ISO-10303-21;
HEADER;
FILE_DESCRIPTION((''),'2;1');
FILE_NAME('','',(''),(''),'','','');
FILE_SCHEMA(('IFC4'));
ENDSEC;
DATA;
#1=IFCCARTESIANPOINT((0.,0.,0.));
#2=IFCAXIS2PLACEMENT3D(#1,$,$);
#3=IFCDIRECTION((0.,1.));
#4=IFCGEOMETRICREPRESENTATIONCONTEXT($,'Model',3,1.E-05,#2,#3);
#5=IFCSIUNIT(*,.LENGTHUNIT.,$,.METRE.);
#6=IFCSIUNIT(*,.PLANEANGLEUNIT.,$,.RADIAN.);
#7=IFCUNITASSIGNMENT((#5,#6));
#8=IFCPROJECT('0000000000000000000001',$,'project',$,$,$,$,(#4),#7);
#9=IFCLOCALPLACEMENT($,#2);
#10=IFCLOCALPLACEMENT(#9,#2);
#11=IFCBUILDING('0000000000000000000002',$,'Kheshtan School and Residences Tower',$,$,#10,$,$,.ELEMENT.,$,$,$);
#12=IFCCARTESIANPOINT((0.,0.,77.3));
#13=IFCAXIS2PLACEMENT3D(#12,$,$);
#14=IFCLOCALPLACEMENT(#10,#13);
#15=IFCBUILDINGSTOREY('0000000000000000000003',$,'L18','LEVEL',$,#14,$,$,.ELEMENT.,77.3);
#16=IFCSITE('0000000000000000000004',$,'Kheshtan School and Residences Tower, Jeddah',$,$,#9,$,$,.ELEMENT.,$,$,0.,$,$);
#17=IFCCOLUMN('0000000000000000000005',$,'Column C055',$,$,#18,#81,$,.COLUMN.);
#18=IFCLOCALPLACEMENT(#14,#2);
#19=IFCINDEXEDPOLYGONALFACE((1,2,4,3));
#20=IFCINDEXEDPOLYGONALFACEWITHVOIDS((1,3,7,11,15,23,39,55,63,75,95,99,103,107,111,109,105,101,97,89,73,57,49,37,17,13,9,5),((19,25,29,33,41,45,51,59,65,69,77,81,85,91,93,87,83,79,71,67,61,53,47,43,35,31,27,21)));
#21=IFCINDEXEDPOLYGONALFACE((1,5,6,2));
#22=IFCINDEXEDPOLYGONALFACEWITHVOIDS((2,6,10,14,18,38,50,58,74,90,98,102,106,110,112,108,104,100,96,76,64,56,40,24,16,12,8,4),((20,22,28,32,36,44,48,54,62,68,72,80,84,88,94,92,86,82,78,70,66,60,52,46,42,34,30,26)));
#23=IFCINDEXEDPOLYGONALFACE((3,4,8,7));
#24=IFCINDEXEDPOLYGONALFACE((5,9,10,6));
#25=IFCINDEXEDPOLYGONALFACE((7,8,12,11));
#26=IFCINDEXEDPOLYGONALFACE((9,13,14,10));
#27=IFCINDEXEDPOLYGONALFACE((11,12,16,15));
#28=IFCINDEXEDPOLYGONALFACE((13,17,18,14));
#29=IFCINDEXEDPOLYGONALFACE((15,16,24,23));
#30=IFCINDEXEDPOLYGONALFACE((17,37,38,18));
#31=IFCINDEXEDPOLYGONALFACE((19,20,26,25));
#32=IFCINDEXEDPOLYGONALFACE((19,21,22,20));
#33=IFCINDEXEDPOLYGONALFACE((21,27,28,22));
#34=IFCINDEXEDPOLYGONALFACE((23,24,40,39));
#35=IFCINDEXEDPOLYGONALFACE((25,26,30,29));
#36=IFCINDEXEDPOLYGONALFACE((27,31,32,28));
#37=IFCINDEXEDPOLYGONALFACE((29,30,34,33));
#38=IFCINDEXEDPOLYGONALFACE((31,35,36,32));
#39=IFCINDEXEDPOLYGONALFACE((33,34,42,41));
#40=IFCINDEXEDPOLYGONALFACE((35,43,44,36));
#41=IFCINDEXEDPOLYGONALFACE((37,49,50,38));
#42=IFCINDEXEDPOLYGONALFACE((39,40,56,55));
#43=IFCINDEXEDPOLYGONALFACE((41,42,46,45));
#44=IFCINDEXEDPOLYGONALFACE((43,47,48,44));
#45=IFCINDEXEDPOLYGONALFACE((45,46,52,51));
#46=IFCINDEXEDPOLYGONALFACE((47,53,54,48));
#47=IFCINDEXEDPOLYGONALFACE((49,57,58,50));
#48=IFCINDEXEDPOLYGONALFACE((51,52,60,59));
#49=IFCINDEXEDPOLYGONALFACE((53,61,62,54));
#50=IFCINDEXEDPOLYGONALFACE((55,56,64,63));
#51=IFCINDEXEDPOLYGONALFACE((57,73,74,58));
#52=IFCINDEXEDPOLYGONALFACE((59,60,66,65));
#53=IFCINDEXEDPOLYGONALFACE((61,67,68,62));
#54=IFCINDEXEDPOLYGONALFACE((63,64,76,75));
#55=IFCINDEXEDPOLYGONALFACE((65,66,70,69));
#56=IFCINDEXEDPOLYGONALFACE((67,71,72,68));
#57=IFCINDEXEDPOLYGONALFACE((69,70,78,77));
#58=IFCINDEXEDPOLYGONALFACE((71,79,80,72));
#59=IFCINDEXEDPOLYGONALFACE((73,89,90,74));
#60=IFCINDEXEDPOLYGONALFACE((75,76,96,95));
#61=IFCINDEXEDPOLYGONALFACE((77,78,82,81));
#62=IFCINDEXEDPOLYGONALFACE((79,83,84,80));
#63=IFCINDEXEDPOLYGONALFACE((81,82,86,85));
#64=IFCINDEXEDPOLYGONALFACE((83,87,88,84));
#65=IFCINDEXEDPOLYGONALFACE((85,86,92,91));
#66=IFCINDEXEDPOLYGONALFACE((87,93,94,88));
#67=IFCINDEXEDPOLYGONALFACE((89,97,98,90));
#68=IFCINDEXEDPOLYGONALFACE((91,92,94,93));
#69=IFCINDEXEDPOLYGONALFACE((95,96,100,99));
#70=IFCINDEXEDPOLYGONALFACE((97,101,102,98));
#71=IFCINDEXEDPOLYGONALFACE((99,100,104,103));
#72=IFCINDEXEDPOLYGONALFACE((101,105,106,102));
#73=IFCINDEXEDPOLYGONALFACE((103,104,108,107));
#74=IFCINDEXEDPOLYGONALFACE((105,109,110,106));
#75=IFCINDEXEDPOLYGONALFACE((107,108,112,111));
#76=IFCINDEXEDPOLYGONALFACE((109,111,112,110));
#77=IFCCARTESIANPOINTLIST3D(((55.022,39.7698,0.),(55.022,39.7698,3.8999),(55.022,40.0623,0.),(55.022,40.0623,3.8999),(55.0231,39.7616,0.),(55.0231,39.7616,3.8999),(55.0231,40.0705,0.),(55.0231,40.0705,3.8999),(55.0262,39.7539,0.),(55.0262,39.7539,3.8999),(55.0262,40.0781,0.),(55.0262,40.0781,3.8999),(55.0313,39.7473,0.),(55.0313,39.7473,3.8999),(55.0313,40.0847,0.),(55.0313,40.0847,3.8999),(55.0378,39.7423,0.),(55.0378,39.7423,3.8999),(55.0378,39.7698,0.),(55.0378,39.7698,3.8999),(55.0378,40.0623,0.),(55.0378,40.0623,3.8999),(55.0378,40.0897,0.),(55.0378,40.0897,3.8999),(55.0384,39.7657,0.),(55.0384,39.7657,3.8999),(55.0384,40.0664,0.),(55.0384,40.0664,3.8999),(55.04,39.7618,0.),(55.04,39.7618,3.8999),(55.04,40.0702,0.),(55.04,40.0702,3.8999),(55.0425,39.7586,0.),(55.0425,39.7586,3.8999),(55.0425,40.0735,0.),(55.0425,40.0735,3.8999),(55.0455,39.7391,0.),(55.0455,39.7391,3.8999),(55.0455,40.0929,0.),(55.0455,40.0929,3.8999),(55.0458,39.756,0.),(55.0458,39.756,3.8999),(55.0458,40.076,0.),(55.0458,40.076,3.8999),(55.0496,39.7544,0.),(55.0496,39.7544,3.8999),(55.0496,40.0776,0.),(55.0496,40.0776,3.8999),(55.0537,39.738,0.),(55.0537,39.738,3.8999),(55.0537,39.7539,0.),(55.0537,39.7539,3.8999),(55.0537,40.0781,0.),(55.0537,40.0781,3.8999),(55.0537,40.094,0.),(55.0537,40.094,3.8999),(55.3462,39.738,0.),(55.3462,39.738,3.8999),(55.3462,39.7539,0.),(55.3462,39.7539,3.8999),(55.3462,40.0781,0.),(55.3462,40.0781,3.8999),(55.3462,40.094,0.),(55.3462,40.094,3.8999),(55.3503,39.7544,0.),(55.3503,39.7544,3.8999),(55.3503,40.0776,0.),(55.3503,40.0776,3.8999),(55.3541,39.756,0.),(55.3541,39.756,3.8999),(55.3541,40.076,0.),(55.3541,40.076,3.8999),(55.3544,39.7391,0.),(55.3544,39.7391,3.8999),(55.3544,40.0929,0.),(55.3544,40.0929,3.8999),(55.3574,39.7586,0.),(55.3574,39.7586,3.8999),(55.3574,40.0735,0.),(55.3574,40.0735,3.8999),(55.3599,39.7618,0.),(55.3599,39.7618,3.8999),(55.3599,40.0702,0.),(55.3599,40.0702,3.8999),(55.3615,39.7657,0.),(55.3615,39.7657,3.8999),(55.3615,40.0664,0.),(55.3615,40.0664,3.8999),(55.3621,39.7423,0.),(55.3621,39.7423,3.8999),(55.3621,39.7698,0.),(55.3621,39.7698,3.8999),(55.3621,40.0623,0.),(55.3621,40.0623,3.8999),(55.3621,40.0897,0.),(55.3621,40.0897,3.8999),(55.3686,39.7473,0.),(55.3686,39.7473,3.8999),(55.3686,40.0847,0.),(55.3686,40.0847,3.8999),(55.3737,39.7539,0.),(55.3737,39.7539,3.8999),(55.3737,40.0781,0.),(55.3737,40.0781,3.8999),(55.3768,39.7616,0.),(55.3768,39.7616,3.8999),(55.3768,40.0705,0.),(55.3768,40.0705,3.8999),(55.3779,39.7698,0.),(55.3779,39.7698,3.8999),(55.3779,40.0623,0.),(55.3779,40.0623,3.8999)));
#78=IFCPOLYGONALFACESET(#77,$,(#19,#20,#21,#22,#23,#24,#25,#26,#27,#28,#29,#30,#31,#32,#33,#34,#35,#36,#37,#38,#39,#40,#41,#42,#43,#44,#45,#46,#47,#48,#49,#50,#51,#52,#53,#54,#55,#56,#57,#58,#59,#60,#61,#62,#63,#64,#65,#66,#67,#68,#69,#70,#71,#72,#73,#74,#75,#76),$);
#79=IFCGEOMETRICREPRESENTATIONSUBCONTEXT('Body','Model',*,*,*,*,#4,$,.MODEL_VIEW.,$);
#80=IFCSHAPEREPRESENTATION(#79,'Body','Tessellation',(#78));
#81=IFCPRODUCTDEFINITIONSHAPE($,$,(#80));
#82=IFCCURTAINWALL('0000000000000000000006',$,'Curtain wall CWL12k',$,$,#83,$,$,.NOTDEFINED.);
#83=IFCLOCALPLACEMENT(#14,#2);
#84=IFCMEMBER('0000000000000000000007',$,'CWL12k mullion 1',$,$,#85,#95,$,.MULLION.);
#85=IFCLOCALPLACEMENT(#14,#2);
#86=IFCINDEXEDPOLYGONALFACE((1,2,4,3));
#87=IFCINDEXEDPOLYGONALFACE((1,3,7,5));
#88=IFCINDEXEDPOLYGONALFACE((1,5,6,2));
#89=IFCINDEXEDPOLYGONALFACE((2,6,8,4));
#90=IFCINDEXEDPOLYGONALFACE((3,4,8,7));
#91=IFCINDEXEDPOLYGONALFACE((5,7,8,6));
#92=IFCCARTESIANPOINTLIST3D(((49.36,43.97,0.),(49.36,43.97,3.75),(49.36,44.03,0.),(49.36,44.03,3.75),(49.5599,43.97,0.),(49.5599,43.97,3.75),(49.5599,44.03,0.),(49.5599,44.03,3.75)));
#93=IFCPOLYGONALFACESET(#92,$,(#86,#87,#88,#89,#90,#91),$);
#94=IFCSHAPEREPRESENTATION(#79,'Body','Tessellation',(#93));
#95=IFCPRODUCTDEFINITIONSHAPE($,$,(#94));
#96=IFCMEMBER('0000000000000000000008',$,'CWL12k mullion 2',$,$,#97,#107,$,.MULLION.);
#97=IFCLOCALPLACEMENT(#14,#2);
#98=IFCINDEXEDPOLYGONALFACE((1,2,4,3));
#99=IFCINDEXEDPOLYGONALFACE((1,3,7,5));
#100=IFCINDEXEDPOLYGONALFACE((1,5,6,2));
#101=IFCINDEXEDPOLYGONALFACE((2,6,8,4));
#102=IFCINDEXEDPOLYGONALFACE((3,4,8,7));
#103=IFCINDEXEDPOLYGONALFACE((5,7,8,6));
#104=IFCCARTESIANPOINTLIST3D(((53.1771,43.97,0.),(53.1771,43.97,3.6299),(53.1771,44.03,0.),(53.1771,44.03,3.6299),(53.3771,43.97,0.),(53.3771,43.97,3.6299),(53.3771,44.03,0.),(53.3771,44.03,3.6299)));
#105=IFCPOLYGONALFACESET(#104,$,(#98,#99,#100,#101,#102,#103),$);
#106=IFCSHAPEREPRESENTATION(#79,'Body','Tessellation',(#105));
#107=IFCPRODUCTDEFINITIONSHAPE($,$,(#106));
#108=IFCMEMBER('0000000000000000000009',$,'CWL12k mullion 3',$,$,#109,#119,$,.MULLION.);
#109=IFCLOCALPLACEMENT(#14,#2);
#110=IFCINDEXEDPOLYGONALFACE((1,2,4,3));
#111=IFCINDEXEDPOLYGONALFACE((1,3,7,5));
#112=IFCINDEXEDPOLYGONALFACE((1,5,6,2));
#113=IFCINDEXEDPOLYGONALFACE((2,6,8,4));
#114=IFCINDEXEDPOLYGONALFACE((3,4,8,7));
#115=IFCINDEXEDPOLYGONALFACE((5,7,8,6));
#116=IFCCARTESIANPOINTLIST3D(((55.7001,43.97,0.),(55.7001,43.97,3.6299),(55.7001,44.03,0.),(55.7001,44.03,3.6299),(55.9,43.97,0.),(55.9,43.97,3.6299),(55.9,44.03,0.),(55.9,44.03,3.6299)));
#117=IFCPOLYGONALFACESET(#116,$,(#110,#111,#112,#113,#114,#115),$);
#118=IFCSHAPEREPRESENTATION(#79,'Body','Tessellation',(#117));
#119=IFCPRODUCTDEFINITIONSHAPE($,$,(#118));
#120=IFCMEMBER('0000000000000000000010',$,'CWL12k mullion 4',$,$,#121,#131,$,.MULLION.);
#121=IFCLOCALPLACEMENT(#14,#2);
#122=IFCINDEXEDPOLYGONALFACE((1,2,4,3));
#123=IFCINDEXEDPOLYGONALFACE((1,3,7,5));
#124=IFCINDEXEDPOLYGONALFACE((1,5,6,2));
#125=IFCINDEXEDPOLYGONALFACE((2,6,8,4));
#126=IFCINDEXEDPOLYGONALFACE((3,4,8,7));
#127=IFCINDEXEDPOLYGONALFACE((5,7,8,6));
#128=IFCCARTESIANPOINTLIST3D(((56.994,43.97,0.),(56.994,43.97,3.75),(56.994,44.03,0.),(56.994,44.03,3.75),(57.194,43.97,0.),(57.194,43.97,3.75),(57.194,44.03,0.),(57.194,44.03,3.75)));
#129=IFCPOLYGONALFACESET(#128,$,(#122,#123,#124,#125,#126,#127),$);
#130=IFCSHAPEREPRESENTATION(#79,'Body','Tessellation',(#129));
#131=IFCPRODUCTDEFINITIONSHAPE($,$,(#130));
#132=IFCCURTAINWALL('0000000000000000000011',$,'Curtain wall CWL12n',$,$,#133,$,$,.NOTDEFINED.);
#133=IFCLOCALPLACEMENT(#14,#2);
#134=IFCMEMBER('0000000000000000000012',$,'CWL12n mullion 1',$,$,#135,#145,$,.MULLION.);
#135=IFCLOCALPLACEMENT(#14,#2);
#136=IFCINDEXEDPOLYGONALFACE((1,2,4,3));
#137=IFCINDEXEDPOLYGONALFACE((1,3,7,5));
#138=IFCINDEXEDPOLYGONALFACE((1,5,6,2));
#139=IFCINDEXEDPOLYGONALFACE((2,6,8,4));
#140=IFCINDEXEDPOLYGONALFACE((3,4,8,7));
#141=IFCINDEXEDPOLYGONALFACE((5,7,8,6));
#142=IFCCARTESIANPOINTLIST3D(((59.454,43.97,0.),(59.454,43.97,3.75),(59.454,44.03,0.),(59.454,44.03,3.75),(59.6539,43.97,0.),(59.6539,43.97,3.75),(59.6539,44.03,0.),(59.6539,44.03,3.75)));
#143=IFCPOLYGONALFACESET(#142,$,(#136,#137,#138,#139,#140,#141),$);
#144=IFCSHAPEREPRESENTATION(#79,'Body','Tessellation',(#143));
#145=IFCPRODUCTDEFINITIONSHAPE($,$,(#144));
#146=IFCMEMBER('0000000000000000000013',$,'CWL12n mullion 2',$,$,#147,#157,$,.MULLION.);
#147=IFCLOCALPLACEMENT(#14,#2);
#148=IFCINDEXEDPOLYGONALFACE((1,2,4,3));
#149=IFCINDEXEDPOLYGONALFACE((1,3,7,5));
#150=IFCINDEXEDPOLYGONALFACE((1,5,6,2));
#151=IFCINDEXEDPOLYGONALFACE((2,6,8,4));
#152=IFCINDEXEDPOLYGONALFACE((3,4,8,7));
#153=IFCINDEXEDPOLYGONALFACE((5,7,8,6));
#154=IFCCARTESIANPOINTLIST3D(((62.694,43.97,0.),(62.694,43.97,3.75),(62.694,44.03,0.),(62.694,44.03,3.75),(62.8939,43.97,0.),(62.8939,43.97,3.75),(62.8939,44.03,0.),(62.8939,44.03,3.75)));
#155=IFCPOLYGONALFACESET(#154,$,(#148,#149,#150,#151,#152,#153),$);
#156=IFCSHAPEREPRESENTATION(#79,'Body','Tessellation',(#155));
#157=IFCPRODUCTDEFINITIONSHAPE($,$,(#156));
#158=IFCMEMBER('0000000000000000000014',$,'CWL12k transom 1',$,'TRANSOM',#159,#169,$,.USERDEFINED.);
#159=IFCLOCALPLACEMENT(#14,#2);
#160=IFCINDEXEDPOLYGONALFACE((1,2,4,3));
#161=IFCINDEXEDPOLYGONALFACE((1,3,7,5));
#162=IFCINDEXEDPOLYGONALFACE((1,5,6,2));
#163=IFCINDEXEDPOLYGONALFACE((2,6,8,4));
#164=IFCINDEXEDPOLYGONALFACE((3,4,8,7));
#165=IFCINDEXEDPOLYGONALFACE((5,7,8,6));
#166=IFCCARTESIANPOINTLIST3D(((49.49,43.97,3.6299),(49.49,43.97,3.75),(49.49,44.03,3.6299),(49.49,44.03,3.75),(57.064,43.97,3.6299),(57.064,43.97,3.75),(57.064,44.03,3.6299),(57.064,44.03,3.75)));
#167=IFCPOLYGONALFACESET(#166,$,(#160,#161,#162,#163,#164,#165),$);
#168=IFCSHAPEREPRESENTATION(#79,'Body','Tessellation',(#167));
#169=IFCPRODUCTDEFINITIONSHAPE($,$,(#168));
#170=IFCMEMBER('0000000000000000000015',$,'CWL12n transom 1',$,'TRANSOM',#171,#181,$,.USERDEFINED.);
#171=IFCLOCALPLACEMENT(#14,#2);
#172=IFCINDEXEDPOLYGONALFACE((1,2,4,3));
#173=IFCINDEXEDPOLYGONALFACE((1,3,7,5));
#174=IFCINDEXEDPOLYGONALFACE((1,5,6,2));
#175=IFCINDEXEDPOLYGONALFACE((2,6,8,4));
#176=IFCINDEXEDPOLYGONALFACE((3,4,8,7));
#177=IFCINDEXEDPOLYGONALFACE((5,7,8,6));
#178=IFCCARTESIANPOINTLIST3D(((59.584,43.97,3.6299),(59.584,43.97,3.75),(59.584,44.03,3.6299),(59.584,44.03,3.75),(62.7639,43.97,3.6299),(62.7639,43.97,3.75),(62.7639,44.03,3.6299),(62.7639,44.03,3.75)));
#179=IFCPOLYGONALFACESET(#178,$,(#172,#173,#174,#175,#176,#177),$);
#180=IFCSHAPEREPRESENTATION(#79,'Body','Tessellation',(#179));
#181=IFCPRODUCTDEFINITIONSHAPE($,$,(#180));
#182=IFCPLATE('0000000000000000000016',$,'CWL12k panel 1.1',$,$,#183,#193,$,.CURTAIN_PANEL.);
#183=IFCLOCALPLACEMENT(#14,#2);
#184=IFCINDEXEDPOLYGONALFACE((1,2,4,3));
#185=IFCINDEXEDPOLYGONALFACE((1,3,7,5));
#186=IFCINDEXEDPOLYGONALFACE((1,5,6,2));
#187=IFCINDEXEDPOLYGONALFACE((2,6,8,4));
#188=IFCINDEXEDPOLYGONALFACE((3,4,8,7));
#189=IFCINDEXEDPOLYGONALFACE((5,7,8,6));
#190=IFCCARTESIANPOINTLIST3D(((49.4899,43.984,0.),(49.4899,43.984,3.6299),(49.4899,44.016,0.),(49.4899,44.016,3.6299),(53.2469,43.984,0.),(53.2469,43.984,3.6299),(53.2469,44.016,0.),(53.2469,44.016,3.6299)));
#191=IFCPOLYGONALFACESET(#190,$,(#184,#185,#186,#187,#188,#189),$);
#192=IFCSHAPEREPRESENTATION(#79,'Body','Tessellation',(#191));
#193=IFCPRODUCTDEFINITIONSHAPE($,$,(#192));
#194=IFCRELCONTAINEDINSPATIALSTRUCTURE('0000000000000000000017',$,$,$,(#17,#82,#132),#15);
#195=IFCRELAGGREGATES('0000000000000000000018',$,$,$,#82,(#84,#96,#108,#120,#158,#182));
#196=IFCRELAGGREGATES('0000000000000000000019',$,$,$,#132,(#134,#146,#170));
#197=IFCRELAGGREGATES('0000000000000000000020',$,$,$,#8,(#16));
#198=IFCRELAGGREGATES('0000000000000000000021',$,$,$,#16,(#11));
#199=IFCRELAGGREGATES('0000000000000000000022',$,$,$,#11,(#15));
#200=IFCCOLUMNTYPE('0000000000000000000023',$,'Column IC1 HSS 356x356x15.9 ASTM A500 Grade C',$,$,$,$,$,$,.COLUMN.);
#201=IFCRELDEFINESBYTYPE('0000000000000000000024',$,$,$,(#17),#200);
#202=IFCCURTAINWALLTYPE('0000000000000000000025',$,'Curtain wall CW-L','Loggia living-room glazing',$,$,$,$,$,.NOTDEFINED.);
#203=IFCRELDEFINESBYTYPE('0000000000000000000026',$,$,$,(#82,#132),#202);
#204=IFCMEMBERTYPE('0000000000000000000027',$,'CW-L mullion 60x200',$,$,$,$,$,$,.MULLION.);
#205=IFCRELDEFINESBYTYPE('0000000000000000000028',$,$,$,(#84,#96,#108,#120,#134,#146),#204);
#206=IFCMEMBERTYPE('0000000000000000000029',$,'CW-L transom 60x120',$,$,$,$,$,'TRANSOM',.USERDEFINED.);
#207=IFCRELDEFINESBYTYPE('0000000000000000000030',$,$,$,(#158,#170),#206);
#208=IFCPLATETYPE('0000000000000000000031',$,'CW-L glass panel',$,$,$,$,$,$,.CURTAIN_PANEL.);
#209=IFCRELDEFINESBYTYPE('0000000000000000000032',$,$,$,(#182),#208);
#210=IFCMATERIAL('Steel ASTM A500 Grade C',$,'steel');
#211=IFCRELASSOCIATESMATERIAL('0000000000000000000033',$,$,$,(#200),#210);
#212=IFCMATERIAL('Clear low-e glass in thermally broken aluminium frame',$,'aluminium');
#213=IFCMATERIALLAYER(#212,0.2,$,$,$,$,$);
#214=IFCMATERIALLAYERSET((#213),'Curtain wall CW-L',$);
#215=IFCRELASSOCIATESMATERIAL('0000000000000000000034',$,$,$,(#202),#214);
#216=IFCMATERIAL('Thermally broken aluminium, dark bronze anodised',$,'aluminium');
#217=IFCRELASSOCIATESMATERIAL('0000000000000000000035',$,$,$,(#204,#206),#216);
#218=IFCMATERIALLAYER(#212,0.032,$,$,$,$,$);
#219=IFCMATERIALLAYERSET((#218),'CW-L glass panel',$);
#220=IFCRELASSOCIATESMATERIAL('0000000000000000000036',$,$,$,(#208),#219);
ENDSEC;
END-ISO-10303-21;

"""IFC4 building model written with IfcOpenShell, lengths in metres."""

from ifc_helpers import new_model, si_unit, direction, frame, origin, origin_2d, place, context, subcontext, project, spatial, rectangle, hollow_rectangle, extrude, material, layer, layer_set, material_profile, profile_set, type_object, element, aggregate, save


model = new_model("IFC4")

# Units and contexts
model_context = context("Model", 3, precision=1e-05, world=origin(), true_north=direction((0.0, 1.0)))
body_context = subcontext(model_context, "Body", "Model", "MODEL_VIEW")
ifc_project = project(units=[si_unit("LENGTHUNIT", "METRE"), si_unit("PLANEANGLEUNIT", "RADIAN")], contexts=[model_context])

# Site, building, storey
site_placement = place(None, origin())
site = spatial("IfcSite", under=ifc_project, at=site_placement, Name="Kheshtan School and Residences Tower, Jeddah", CompositionType="ELEMENT", RefElevation=0.0)
building_placement = place(site_placement, origin())
building = spatial("IfcBuilding", under=site, at=building_placement, Name="Kheshtan School and Residences Tower", CompositionType="ELEMENT")
storey_placement = place(building_placement, frame((0.0, 0.0, 77.3)))
storey = spatial("IfcBuildingStorey", under=building, at=storey_placement, Name="L18", Description="LEVEL", CompositionType="ELEMENT", Elevation=77.3)

# Column
ifc_material_1 = material(Name="Steel ASTM A500 Grade C", Category="steel")
ifc_material_profile_1 = material_profile(ifc_material_1, hollow_rectangle(XDim=0.356, YDim=0.356, WallThickness=0.0159, InnerFilletRadius=0.0159, OuterFilletRadius=0.0317, at=origin_2d()), Name="HSS 356x356x15.9")
ifc_profile_set_1 = profile_set([ifc_material_profile_1], Name="Steel ASTM A500 Grade C")
column_type = type_object("IfcColumnType", Name="Column IC1 HSS 356x356x15.9 ASTM A500 Grade C", PredefinedType="COLUMN", material=ifc_profile_set_1)
column_placement = place(storey_placement, frame((55.2, 39.916, 0.0), z_axis=(0.0, 0.0, 1.0), x_axis=(1.0, 0.0, 0.0)))
element("IfcColumn", 1, at=column_placement, inside=storey, type_object=column_type, Name="Column C055", PredefinedType="COLUMN", context=body_context, shape_type="SweptSolid", body=[
    extrude(hollow_rectangle(XDim=0.356, YDim=0.356, WallThickness=0.0159, InnerFilletRadius=0.0159, OuterFilletRadius=0.0317, at=origin_2d()), origin(), (0.0, 0.0, 1.0), 3.8999),
])

# Curtain walls, members
ifc_material_2 = material(Name="Clear low-e glass in thermally broken aluminium frame", Category="aluminium")
ifc_layer_1 = layer(ifc_material_2, 0.2)
ifc_layer_set_1 = layer_set([ifc_layer_1], Name="Curtain wall CW-L")
curtain_wall_type = type_object("IfcCurtainWallType", Name="Curtain wall CW-L", Description="Loggia living-room glazing", PredefinedType="NOTDEFINED", material=ifc_layer_set_1)
curtain_wall_1_placement = place(storey_placement, origin())
curtain_wall_1 = element("IfcCurtainWall", 2, at=curtain_wall_1_placement, inside=storey, type_object=curtain_wall_type, Name="Curtain wall CWL12k", PredefinedType="NOTDEFINED")
ifc_material_3 = material(Name="Thermally broken aluminium, dark bronze anodised", Category="aluminium")
ifc_material_profile_2 = material_profile(ifc_material_3, rectangle(XDim=0.0601, YDim=0.2, at=origin_2d()), Name="CW-L mullion 60x200")
ifc_profile_set_2 = profile_set([ifc_material_profile_2], Name="Thermally broken aluminium, dark bronze anodised")
member_type_1 = type_object("IfcMemberType", Name="CW-L mullion 60x200", PredefinedType="MULLION", material=ifc_profile_set_2)
member_1_placement = place(storey_placement, frame((49.46, 44.0, 0.0), z_axis=(0.0, 0.0, 1.0), x_axis=(0.0, 1.0, 0.0)))
member_1 = element("IfcMember", 3, at=member_1_placement, type_object=member_type_1, Name="CWL12k mullion 1", PredefinedType="MULLION", context=body_context, shape_type="SweptSolid", body=[
    extrude(rectangle(XDim=0.0601, YDim=0.2, at=origin_2d()), origin(), (0.0, 0.0, 1.0), 3.75),
])
member_2_placement = place(storey_placement, frame((53.2771, 44.0, 0.0), z_axis=(0.0, 0.0, 1.0), x_axis=(0.0, 1.0, 0.0)))
member_2 = element("IfcMember", 4, at=member_2_placement, type_object=member_type_1, Name="CWL12k mullion 2", PredefinedType="MULLION", context=body_context, shape_type="SweptSolid", body=[
    extrude(rectangle(XDim=0.0601, YDim=0.2, at=origin_2d()), origin(), (0.0, 0.0, 1.0), 3.6299),
])
member_3_placement = place(storey_placement, frame((55.8, 44.0, 0.0), z_axis=(0.0, 0.0, 1.0), x_axis=(0.0, 1.0, 0.0)))
member_3 = element("IfcMember", 5, at=member_3_placement, type_object=member_type_1, Name="CWL12k mullion 3", PredefinedType="MULLION", context=body_context, shape_type="SweptSolid", body=[
    extrude(rectangle(XDim=0.0601, YDim=0.2, at=origin_2d()), origin(), (0.0, 0.0, 1.0), 3.6299),
])
member_4_placement = place(storey_placement, frame((57.094, 44.0, 0.0), z_axis=(0.0, 0.0, 1.0), x_axis=(0.0, 1.0, 0.0)))
member_4 = element("IfcMember", 6, at=member_4_placement, type_object=member_type_1, Name="CWL12k mullion 4", PredefinedType="MULLION", context=body_context, shape_type="SweptSolid", body=[
    extrude(rectangle(XDim=0.0601, YDim=0.2, at=origin_2d()), origin(), (0.0, 0.0, 1.0), 3.75),
])
curtain_wall_2_placement = place(storey_placement, origin())
curtain_wall_2 = element("IfcCurtainWall", 7, at=curtain_wall_2_placement, inside=storey, type_object=curtain_wall_type, Name="Curtain wall CWL12n", PredefinedType="NOTDEFINED")
member_5_placement = place(storey_placement, frame((59.554, 44.0, 0.0), z_axis=(0.0, 0.0, 1.0), x_axis=(0.0, 1.0, 0.0)))
member_5 = element("IfcMember", 8, at=member_5_placement, type_object=member_type_1, Name="CWL12n mullion 1", PredefinedType="MULLION", context=body_context, shape_type="SweptSolid", body=[
    extrude(rectangle(XDim=0.0601, YDim=0.2, at=origin_2d()), origin(), (0.0, 0.0, 1.0), 3.75),
])
member_6_placement = place(storey_placement, frame((62.7939, 44.0, 0.0), z_axis=(0.0, 0.0, 1.0), x_axis=(0.0, 1.0, 0.0)))
member_6 = element("IfcMember", 9, at=member_6_placement, type_object=member_type_1, Name="CWL12n mullion 2", PredefinedType="MULLION", context=body_context, shape_type="SweptSolid", body=[
    extrude(rectangle(XDim=0.0601, YDim=0.2, at=origin_2d()), origin(), (0.0, 0.0, 1.0), 3.75),
])

# Members
ifc_material_profile_3 = material_profile(ifc_material_3, rectangle(XDim=0.0601, YDim=0.1201, at=origin_2d()), Name="CW-L transom 60x120")
ifc_profile_set_3 = profile_set([ifc_material_profile_3], Name="Thermally broken aluminium, dark bronze anodised")
member_type_2 = type_object("IfcMemberType", Name="CW-L transom 60x120", ElementType="TRANSOM", PredefinedType="USERDEFINED", material=ifc_profile_set_3)
member_7_placement = place(storey_placement, frame((49.49, 44.0, 3.6899), z_axis=(1.0, 0.0, 0.0), x_axis=(0.0, 1.0, 0.0)))
member_7 = element("IfcMember", 10, at=member_7_placement, type_object=member_type_2, Name="CWL12k transom 1", ObjectType="TRANSOM", PredefinedType="USERDEFINED", context=body_context, shape_type="SweptSolid", body=[
    extrude(rectangle(XDim=0.0601, YDim=0.1201, at=origin_2d()), origin(), (0.0, 0.0, 1.0), 7.574),
])
member_8_placement = place(storey_placement, frame((59.584, 44.0, 3.6899), z_axis=(1.0, 0.0, 0.0), x_axis=(0.0, 1.0, 0.0)))
member_8 = element("IfcMember", 11, at=member_8_placement, type_object=member_type_2, Name="CWL12n transom 1", ObjectType="TRANSOM", PredefinedType="USERDEFINED", context=body_context, shape_type="SweptSolid", body=[
    extrude(rectangle(XDim=0.0601, YDim=0.1201, at=origin_2d()), origin(), (0.0, 0.0, 1.0), 3.1799),
])

# Plate
ifc_layer_2 = layer(ifc_material_2, 0.032)
ifc_layer_set_2 = layer_set([ifc_layer_2], Name="CW-L glass panel")
plate_type = type_object("IfcPlateType", Name="CW-L glass panel", PredefinedType="CURTAIN_PANEL", material=ifc_layer_set_2)
plate_1_placement = place(storey_placement, frame((51.3684, 44.0, 0.0), z_axis=(0.0, 0.0, 1.0), x_axis=(1.0, 0.0, 0.0)))
plate_1 = element("IfcPlate", 12, at=plate_1_placement, type_object=plate_type, Name="CWL12k panel 1.1", PredefinedType="CURTAIN_PANEL", context=body_context, shape_type="SweptSolid", body=[
    extrude(rectangle(XDim=3.7571, YDim=0.032, at=origin_2d()), origin(), (0.0, 0.0, 1.0), 3.6299),
])
aggregate(curtain_wall_1, [member_1, member_2, member_3, member_4, member_7, plate_1])
aggregate(curtain_wall_2, [member_5, member_6, member_8])

save(model, "model.ifc")
